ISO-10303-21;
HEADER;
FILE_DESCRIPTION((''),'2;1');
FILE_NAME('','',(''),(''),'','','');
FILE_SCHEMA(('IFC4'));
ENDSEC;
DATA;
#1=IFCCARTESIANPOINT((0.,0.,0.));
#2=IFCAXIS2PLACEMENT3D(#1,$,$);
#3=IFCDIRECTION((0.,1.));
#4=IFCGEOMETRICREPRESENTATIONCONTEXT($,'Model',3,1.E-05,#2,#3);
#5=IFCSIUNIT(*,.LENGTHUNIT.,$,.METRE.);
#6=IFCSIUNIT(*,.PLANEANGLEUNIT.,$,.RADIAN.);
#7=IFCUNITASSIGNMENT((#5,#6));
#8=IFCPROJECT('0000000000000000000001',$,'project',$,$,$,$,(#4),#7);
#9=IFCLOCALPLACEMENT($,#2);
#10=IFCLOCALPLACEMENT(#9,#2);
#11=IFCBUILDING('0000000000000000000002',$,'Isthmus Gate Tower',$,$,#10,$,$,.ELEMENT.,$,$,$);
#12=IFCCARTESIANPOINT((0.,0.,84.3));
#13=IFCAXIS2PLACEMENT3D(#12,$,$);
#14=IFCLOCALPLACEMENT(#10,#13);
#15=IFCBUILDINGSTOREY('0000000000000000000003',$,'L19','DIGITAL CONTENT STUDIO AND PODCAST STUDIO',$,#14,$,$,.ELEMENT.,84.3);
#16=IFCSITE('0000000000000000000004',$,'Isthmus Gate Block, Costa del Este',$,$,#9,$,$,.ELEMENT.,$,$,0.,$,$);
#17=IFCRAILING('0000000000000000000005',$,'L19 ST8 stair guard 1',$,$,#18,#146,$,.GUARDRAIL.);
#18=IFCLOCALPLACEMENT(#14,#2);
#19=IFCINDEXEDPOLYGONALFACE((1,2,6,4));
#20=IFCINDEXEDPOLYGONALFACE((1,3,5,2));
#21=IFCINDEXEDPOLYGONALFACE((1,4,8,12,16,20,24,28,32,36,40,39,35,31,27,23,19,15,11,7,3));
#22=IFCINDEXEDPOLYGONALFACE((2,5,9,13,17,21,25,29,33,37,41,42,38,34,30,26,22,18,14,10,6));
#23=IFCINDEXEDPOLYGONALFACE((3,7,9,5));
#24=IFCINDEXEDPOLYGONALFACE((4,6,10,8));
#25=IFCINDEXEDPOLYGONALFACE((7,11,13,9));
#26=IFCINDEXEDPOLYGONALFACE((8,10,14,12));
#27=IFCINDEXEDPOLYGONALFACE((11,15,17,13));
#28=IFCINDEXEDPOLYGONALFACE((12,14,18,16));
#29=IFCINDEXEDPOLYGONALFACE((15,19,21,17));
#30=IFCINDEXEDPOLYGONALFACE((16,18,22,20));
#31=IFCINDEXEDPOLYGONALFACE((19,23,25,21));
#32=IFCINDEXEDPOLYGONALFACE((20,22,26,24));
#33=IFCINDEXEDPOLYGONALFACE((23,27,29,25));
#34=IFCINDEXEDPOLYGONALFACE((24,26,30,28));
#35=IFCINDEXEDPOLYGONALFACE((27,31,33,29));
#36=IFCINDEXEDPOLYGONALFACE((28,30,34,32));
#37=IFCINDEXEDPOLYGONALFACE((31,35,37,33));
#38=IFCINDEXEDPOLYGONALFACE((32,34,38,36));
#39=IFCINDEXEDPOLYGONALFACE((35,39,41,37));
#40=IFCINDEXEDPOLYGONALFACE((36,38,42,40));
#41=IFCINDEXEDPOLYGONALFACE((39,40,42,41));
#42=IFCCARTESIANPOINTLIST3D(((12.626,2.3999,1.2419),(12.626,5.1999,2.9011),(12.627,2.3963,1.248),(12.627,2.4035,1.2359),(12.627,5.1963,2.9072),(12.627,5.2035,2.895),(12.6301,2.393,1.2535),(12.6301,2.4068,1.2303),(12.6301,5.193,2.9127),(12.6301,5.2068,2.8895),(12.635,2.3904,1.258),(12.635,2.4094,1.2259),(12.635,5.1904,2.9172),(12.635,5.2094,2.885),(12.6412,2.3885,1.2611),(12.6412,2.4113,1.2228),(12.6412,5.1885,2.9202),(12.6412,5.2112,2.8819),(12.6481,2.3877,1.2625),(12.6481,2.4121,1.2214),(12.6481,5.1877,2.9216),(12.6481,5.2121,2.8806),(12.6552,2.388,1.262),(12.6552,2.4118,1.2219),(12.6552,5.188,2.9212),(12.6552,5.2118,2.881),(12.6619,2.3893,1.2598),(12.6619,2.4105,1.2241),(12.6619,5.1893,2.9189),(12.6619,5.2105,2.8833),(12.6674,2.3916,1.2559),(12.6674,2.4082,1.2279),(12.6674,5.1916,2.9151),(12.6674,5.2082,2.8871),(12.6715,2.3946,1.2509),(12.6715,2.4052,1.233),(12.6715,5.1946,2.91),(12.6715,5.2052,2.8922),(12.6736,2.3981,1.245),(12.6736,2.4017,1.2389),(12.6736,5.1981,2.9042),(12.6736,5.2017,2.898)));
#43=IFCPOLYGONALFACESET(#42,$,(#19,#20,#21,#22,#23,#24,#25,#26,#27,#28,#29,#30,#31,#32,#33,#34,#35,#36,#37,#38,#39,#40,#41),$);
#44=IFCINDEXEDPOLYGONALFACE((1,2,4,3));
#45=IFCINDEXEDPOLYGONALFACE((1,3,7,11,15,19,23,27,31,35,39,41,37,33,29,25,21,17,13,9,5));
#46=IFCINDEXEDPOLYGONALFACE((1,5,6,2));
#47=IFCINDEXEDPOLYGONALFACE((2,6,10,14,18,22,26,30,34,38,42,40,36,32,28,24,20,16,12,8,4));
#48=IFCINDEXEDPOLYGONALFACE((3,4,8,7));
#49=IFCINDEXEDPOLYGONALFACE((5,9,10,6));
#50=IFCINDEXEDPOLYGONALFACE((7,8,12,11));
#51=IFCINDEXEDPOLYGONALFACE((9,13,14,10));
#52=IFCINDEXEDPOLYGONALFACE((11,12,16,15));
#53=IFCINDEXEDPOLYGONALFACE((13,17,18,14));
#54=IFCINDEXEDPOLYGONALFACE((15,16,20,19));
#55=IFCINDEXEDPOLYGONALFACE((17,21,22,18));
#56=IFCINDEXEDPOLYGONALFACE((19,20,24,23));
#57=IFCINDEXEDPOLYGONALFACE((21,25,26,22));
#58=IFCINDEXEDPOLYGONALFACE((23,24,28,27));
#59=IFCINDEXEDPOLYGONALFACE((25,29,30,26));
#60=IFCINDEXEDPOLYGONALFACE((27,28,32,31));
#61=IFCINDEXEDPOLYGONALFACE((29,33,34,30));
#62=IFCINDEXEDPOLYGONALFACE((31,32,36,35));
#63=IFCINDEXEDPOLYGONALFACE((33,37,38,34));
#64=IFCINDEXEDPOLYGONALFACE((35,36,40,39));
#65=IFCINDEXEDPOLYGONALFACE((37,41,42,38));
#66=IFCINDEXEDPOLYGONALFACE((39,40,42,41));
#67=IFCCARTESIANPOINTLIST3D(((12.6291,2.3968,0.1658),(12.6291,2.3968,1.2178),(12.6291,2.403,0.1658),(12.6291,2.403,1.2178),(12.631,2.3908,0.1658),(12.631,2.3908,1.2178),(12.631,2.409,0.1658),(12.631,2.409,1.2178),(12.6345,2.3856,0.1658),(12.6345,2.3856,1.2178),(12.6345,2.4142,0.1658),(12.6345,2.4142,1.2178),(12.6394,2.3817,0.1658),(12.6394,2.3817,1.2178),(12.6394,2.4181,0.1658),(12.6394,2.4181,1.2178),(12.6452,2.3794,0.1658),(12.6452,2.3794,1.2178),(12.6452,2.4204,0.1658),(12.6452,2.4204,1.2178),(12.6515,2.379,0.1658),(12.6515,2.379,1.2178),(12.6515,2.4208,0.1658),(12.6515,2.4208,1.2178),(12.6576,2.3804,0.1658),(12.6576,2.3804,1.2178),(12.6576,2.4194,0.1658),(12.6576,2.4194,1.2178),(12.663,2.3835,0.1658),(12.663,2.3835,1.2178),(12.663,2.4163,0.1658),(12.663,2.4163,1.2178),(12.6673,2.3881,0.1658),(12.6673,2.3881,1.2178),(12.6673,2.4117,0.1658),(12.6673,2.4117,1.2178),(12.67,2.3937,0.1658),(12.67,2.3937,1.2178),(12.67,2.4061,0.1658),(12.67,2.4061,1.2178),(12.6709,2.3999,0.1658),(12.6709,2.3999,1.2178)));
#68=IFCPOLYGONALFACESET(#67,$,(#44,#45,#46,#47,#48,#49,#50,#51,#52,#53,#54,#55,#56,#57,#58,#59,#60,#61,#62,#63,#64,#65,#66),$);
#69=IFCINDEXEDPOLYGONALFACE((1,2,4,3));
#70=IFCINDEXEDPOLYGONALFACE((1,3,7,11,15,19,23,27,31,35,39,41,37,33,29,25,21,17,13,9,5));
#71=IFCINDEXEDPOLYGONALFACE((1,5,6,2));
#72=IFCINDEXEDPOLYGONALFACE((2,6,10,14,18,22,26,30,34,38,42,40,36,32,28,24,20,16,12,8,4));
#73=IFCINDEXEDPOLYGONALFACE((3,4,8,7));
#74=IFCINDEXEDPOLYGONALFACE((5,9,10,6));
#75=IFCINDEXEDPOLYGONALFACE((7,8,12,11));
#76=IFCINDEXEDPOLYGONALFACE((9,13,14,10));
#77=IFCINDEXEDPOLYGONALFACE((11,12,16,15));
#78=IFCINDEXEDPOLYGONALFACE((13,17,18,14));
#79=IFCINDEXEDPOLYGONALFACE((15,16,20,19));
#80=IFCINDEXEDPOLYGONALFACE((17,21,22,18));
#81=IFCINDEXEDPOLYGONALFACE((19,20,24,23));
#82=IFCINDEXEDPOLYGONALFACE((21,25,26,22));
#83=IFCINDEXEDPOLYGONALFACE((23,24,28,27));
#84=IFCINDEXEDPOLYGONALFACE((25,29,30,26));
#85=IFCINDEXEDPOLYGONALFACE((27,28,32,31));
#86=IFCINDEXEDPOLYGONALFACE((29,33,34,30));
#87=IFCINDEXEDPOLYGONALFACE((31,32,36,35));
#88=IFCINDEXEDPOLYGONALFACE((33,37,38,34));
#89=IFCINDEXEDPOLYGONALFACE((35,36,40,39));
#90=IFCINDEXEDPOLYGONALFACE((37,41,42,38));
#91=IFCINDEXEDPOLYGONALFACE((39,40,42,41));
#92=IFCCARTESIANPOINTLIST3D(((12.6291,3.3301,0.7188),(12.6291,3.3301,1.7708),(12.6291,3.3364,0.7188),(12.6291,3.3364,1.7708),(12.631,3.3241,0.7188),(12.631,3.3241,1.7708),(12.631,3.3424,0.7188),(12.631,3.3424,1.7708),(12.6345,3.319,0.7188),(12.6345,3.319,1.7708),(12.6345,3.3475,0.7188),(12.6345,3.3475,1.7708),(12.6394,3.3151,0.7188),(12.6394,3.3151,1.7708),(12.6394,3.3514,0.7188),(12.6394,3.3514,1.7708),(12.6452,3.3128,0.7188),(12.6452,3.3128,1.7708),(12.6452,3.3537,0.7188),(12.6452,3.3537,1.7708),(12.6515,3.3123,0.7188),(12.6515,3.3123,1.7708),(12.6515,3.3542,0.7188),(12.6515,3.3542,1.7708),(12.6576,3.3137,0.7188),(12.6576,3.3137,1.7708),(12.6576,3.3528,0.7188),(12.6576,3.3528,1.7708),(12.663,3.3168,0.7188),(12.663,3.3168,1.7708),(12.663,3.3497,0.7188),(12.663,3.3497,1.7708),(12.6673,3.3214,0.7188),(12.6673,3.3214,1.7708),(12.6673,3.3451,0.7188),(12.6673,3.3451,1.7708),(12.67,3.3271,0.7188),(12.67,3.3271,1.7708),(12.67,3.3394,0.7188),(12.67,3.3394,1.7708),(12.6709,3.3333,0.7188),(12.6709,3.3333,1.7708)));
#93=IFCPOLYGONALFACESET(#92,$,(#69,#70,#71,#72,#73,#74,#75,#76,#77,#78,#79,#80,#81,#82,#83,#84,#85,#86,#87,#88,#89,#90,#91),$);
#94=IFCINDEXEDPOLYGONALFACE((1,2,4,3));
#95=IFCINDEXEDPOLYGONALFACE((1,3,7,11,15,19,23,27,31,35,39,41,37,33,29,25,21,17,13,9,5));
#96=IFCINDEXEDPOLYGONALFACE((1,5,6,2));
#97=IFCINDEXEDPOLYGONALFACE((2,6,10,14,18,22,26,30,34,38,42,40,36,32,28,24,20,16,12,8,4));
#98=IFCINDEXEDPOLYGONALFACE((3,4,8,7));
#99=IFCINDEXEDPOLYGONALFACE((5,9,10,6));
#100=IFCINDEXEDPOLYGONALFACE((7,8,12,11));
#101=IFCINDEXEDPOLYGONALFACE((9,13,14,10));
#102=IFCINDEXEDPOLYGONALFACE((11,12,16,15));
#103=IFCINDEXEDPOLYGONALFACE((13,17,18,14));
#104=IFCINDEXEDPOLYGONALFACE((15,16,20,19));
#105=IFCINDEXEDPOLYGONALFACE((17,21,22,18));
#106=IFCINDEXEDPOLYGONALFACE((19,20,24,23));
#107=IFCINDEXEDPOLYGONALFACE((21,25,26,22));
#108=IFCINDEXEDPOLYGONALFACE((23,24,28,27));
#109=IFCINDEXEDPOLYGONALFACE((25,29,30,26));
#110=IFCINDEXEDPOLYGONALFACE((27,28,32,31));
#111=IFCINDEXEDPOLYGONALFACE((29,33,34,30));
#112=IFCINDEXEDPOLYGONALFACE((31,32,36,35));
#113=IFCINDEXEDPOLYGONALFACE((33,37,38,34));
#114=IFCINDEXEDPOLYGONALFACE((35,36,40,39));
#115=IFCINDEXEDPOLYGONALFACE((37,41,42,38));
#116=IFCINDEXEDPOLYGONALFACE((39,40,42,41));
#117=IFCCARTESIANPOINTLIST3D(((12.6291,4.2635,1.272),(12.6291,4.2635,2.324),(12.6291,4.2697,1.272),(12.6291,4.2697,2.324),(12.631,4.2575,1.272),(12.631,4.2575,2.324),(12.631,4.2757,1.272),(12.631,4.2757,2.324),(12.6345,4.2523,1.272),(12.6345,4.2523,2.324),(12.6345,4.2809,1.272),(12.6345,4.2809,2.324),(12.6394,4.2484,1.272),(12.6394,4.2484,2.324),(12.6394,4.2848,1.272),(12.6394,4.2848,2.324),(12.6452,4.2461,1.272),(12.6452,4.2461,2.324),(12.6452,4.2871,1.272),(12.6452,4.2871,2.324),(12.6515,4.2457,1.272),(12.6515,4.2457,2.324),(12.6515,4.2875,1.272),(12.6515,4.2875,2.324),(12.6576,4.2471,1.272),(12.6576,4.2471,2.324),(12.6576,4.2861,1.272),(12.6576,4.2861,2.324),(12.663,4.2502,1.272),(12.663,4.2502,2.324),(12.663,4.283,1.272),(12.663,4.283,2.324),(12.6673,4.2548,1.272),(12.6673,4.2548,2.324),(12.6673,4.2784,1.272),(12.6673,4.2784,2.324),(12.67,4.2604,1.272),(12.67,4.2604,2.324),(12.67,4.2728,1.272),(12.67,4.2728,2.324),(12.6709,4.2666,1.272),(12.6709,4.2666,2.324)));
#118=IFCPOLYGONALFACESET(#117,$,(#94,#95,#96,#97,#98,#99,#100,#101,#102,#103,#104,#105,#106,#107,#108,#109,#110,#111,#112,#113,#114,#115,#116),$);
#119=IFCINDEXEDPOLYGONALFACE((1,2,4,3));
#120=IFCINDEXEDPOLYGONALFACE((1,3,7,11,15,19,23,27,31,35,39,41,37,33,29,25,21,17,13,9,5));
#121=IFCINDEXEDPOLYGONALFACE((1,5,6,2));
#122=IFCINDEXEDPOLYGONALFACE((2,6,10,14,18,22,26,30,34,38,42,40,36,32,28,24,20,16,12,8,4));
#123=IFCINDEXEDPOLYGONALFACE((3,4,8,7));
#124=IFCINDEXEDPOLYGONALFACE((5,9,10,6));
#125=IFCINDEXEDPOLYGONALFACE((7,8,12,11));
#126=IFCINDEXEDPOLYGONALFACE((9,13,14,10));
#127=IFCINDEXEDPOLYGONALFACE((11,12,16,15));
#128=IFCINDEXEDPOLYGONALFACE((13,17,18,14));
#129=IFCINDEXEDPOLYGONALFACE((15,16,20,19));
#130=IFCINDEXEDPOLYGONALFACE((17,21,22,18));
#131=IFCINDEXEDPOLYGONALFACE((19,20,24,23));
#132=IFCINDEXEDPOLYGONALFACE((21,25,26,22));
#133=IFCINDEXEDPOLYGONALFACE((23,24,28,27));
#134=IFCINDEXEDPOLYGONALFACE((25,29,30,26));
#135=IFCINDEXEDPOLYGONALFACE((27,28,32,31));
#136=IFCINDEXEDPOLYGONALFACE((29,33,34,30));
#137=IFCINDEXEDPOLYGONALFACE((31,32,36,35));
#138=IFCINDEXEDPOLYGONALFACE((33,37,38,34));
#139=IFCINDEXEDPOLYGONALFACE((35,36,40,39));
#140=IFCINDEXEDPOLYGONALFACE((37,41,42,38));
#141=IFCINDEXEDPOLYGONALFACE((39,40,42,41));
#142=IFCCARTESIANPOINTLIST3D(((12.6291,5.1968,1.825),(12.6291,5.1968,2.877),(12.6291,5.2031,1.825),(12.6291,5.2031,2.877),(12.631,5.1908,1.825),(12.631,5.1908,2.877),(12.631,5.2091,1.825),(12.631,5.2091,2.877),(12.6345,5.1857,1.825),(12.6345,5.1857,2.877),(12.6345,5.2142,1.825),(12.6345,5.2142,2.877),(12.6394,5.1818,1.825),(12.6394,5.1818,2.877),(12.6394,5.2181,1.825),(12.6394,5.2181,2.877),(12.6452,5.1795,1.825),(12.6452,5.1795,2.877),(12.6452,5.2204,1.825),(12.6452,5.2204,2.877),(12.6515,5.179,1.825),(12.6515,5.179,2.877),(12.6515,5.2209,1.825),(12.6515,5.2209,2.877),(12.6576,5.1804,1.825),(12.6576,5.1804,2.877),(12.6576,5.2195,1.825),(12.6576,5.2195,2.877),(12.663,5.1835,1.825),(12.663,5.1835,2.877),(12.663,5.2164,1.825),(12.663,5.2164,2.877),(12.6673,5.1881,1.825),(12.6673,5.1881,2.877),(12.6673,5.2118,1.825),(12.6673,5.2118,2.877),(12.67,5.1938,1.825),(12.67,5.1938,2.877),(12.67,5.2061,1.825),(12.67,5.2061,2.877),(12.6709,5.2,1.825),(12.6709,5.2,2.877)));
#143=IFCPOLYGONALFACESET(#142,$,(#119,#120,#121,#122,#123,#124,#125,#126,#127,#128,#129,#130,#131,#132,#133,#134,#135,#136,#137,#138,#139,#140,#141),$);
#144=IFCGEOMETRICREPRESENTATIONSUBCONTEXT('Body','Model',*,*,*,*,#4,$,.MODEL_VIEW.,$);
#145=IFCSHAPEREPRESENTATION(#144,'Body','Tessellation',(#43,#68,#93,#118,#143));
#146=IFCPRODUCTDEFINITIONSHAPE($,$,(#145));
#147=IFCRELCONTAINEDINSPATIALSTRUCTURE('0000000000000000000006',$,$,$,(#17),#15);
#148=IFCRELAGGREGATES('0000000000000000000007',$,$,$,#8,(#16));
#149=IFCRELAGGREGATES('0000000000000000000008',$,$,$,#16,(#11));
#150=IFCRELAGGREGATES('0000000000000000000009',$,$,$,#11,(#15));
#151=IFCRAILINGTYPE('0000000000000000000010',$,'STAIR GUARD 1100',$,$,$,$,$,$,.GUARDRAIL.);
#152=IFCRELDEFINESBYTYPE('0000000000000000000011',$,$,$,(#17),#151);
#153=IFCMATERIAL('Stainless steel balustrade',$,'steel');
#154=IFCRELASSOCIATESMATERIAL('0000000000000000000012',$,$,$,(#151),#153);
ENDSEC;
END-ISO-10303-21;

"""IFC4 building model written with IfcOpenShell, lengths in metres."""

from ifc_helpers import new_model, si_unit, direction, frame, origin, origin_2d, place, context, subcontext, project, spatial, circle, extrude, material, type_object, element, save


model = new_model("IFC4")

# Units and contexts
model_context = context("Model", 3, precision=1e-05, world=origin(), true_north=direction((0.0, 1.0)))
body_context = subcontext(model_context, "Body", "Model", "MODEL_VIEW")
ifc_project = project(units=[si_unit("LENGTHUNIT", "METRE"), si_unit("PLANEANGLEUNIT", "RADIAN")], contexts=[model_context])

# Site, building, storey
site_placement = place(None, origin())
site = spatial("IfcSite", under=ifc_project, at=site_placement, Name="Isthmus Gate Block, Costa del Este", CompositionType="ELEMENT", RefElevation=0.0)
building_placement = place(site_placement, origin())
building = spatial("IfcBuilding", under=site, at=building_placement, Name="Isthmus Gate Tower", CompositionType="ELEMENT")
storey_placement = place(building_placement, frame((0.0, 0.0, 84.3)))
storey = spatial("IfcBuildingStorey", under=building, at=storey_placement, Name="L19", Description="DIGITAL CONTENT STUDIO AND PODCAST STUDIO", CompositionType="ELEMENT", Elevation=84.3)

# Railing
ifc_material_1 = material(Name="Stainless steel balustrade", Category="steel")
railing_type_1 = type_object("IfcRailingType", Name="STAIR GUARD 1100", PredefinedType="GUARDRAIL", material=ifc_material_1)
railing_1_placement = place(storey_placement, frame((12.6499, 2.3999, 0.1658)))
element("IfcRailing", 1, at=railing_1_placement, inside=storey, type_object=railing_type_1, Name="L19 ST8 stair guard 1", PredefinedType="GUARDRAIL", context=body_context, shape_type="SweptSolid", body=[
    extrude(circle(Radius=0.0239, at=origin_2d()), frame((0.0, 0.0, 1.0762), z_axis=(0.0, 0.860306, 0.509778), x_axis=(-1.0, 0.0, 0.0)), (0.0, 0.0, 1.0), 3.2546),
    extrude(circle(Radius=0.021, at=origin_2d()), origin(), (0.0, 0.0, 1.0), 1.052),
    extrude(circle(Radius=0.021, at=origin_2d()), frame((0.0, 0.9333, 0.553)), (0.0, 0.0, 1.0), 1.052),
    extrude(circle(Radius=0.021, at=origin_2d()), frame((0.0, 1.8667, 1.1062)), (0.0, 0.0, 1.0), 1.052),
    extrude(circle(Radius=0.021, at=origin_2d()), frame((0.0, 2.8, 1.6592)), (0.0, 0.0, 1.0), 1.052),
])

save(model, "model.ifc")
